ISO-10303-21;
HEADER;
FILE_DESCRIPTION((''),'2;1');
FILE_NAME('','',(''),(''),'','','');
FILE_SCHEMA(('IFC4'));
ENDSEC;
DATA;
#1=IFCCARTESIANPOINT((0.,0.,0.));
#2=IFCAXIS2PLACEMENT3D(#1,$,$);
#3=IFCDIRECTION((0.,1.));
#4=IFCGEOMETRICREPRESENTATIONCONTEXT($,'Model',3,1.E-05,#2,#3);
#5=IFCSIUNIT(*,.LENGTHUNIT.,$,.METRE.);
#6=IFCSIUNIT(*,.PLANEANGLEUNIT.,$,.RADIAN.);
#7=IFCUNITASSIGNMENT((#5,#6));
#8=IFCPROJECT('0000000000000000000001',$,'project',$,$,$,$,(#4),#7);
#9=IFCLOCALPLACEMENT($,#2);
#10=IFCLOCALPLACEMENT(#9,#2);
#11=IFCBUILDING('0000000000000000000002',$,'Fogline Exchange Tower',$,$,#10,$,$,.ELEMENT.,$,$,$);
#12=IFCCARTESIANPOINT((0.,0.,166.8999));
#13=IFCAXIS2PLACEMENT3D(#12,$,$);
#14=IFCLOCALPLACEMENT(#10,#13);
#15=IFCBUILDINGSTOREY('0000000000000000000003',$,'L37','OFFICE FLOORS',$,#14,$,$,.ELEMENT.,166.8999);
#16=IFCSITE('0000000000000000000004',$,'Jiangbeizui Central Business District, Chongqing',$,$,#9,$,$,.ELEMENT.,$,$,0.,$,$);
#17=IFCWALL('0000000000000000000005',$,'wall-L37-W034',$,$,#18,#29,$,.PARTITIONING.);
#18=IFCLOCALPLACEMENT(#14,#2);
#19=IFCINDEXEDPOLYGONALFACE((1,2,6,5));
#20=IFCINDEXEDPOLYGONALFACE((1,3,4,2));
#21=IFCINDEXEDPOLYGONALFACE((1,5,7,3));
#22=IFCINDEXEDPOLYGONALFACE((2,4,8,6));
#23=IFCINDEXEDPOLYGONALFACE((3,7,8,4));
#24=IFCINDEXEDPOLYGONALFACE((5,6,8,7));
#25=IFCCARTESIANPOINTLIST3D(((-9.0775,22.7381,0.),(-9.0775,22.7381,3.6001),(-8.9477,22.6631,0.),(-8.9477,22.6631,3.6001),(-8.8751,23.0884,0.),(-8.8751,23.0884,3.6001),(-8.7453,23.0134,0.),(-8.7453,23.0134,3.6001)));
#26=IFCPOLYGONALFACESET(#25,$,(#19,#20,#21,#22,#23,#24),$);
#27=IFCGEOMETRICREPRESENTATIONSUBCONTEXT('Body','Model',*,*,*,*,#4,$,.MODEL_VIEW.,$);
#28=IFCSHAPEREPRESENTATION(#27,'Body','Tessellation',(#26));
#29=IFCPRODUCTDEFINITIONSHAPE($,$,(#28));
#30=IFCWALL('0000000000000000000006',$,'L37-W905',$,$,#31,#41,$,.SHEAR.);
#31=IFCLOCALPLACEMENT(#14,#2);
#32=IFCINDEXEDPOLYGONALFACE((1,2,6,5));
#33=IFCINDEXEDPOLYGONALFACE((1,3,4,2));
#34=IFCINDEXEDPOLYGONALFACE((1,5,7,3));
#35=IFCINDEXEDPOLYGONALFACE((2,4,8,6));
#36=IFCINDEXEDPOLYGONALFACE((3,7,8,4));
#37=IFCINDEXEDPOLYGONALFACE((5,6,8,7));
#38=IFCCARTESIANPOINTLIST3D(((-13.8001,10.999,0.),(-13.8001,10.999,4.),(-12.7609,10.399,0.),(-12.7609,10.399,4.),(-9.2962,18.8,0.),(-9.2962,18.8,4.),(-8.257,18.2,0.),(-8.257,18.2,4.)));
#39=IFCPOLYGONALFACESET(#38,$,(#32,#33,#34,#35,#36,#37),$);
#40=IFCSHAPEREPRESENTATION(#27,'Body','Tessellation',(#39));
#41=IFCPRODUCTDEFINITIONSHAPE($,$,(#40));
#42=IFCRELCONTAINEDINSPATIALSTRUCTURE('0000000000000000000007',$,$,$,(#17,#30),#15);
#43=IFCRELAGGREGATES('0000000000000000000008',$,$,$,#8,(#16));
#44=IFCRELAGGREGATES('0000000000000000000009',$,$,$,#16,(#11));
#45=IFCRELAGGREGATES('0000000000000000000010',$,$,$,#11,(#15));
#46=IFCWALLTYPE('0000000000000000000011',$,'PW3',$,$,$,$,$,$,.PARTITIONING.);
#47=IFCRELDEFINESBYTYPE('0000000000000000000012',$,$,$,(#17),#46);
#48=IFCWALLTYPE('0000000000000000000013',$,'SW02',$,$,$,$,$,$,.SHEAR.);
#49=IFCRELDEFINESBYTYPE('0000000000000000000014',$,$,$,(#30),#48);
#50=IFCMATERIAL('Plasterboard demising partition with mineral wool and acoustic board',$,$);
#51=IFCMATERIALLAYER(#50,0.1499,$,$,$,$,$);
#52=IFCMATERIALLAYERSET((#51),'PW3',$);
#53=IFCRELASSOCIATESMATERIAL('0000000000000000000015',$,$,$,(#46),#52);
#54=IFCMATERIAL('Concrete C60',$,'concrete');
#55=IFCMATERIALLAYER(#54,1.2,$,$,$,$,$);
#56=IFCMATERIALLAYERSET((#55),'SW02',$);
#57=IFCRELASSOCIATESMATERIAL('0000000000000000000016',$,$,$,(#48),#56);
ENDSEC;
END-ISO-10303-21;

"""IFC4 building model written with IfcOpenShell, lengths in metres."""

from ifc_helpers import new_model, si_unit, direction, frame, frame_2d, origin, place, context, subcontext, project, spatial, rectangle, extrude, material, layer, layer_set, type_object, element, save


model = new_model("IFC4")

# Units and contexts
model_context = context("Model", 3, precision=1e-05, world=origin(), true_north=direction((0.0, 1.0)))
body_context = subcontext(model_context, "Body", "Model", "MODEL_VIEW")
ifc_project = project(units=[si_unit("LENGTHUNIT", "METRE"), si_unit("PLANEANGLEUNIT", "RADIAN")], contexts=[model_context])

# Site, building, storey
site_placement = place(None, origin())
site = spatial("IfcSite", under=ifc_project, at=site_placement, Name="Jiangbeizui Central Business District, Chongqing", CompositionType="ELEMENT", RefElevation=0.0)
building_placement = place(site_placement, origin())
building = spatial("IfcBuilding", under=site, at=building_placement, Name="Fogline Exchange Tower", CompositionType="ELEMENT")
storey_placement = place(building_placement, frame((0.0, 0.0, 166.8999)))
storey = spatial("IfcBuildingStorey", under=building, at=storey_placement, Name="L37", Description="OFFICE FLOORS", CompositionType="ELEMENT", Elevation=166.8999)

# Walls
ifc_material_1 = material(Name="Plasterboard demising partition with mineral wool and acoustic board")
ifc_layer_1 = layer(ifc_material_1, 0.1499)
ifc_layer_set_1 = layer_set([ifc_layer_1], Name="PW3")
wall_type_1 = type_object("IfcWallType", Name="PW3", PredefinedType="PARTITIONING", material=ifc_layer_set_1)
wall_1_placement = place(storey_placement, frame((-8.8103, 23.0508, 0.0), z_axis=(0.0, 0.0, 1.0), x_axis=(-0.500227, -0.865894, 0.0)))
element("IfcWall", 1, at=wall_1_placement, inside=storey, type_object=wall_type_1, Name="wall-L37-W034", PredefinedType="PARTITIONING", context=body_context, shape_type="SweptSolid", body=[
    extrude(rectangle(XDim=0.4045, YDim=0.1499, at=frame_2d((0.2021, 0.0))), origin(), (0.0, 0.0, 1.0), 3.6001),
])
ifc_material_2 = material(Name="Concrete C60", Category="concrete")
ifc_layer_2 = layer(ifc_material_2, 1.2)
ifc_layer_set_2 = layer_set([ifc_layer_2], Name="SW02")
wall_type_2 = type_object("IfcWallType", Name="SW02", PredefinedType="SHEAR", material=ifc_layer_set_2)
wall_2_placement = place(storey_placement, frame((-8.7766, 18.5, 0.0), z_axis=(0.0, 0.0, 1.0), x_axis=(-0.499999, -0.866026, 0.0)))
element("IfcWall", 2, at=wall_2_placement, inside=storey, type_object=wall_type_2, Name="L37-W905", PredefinedType="SHEAR", context=body_context, shape_type="SweptSolid", body=[
    extrude(rectangle(XDim=9.0078, YDim=1.2, at=frame_2d((4.5039, 0.0))), origin(), (0.0, 0.0, 1.0), 4.0),
])

save(model, "model.ifc")
